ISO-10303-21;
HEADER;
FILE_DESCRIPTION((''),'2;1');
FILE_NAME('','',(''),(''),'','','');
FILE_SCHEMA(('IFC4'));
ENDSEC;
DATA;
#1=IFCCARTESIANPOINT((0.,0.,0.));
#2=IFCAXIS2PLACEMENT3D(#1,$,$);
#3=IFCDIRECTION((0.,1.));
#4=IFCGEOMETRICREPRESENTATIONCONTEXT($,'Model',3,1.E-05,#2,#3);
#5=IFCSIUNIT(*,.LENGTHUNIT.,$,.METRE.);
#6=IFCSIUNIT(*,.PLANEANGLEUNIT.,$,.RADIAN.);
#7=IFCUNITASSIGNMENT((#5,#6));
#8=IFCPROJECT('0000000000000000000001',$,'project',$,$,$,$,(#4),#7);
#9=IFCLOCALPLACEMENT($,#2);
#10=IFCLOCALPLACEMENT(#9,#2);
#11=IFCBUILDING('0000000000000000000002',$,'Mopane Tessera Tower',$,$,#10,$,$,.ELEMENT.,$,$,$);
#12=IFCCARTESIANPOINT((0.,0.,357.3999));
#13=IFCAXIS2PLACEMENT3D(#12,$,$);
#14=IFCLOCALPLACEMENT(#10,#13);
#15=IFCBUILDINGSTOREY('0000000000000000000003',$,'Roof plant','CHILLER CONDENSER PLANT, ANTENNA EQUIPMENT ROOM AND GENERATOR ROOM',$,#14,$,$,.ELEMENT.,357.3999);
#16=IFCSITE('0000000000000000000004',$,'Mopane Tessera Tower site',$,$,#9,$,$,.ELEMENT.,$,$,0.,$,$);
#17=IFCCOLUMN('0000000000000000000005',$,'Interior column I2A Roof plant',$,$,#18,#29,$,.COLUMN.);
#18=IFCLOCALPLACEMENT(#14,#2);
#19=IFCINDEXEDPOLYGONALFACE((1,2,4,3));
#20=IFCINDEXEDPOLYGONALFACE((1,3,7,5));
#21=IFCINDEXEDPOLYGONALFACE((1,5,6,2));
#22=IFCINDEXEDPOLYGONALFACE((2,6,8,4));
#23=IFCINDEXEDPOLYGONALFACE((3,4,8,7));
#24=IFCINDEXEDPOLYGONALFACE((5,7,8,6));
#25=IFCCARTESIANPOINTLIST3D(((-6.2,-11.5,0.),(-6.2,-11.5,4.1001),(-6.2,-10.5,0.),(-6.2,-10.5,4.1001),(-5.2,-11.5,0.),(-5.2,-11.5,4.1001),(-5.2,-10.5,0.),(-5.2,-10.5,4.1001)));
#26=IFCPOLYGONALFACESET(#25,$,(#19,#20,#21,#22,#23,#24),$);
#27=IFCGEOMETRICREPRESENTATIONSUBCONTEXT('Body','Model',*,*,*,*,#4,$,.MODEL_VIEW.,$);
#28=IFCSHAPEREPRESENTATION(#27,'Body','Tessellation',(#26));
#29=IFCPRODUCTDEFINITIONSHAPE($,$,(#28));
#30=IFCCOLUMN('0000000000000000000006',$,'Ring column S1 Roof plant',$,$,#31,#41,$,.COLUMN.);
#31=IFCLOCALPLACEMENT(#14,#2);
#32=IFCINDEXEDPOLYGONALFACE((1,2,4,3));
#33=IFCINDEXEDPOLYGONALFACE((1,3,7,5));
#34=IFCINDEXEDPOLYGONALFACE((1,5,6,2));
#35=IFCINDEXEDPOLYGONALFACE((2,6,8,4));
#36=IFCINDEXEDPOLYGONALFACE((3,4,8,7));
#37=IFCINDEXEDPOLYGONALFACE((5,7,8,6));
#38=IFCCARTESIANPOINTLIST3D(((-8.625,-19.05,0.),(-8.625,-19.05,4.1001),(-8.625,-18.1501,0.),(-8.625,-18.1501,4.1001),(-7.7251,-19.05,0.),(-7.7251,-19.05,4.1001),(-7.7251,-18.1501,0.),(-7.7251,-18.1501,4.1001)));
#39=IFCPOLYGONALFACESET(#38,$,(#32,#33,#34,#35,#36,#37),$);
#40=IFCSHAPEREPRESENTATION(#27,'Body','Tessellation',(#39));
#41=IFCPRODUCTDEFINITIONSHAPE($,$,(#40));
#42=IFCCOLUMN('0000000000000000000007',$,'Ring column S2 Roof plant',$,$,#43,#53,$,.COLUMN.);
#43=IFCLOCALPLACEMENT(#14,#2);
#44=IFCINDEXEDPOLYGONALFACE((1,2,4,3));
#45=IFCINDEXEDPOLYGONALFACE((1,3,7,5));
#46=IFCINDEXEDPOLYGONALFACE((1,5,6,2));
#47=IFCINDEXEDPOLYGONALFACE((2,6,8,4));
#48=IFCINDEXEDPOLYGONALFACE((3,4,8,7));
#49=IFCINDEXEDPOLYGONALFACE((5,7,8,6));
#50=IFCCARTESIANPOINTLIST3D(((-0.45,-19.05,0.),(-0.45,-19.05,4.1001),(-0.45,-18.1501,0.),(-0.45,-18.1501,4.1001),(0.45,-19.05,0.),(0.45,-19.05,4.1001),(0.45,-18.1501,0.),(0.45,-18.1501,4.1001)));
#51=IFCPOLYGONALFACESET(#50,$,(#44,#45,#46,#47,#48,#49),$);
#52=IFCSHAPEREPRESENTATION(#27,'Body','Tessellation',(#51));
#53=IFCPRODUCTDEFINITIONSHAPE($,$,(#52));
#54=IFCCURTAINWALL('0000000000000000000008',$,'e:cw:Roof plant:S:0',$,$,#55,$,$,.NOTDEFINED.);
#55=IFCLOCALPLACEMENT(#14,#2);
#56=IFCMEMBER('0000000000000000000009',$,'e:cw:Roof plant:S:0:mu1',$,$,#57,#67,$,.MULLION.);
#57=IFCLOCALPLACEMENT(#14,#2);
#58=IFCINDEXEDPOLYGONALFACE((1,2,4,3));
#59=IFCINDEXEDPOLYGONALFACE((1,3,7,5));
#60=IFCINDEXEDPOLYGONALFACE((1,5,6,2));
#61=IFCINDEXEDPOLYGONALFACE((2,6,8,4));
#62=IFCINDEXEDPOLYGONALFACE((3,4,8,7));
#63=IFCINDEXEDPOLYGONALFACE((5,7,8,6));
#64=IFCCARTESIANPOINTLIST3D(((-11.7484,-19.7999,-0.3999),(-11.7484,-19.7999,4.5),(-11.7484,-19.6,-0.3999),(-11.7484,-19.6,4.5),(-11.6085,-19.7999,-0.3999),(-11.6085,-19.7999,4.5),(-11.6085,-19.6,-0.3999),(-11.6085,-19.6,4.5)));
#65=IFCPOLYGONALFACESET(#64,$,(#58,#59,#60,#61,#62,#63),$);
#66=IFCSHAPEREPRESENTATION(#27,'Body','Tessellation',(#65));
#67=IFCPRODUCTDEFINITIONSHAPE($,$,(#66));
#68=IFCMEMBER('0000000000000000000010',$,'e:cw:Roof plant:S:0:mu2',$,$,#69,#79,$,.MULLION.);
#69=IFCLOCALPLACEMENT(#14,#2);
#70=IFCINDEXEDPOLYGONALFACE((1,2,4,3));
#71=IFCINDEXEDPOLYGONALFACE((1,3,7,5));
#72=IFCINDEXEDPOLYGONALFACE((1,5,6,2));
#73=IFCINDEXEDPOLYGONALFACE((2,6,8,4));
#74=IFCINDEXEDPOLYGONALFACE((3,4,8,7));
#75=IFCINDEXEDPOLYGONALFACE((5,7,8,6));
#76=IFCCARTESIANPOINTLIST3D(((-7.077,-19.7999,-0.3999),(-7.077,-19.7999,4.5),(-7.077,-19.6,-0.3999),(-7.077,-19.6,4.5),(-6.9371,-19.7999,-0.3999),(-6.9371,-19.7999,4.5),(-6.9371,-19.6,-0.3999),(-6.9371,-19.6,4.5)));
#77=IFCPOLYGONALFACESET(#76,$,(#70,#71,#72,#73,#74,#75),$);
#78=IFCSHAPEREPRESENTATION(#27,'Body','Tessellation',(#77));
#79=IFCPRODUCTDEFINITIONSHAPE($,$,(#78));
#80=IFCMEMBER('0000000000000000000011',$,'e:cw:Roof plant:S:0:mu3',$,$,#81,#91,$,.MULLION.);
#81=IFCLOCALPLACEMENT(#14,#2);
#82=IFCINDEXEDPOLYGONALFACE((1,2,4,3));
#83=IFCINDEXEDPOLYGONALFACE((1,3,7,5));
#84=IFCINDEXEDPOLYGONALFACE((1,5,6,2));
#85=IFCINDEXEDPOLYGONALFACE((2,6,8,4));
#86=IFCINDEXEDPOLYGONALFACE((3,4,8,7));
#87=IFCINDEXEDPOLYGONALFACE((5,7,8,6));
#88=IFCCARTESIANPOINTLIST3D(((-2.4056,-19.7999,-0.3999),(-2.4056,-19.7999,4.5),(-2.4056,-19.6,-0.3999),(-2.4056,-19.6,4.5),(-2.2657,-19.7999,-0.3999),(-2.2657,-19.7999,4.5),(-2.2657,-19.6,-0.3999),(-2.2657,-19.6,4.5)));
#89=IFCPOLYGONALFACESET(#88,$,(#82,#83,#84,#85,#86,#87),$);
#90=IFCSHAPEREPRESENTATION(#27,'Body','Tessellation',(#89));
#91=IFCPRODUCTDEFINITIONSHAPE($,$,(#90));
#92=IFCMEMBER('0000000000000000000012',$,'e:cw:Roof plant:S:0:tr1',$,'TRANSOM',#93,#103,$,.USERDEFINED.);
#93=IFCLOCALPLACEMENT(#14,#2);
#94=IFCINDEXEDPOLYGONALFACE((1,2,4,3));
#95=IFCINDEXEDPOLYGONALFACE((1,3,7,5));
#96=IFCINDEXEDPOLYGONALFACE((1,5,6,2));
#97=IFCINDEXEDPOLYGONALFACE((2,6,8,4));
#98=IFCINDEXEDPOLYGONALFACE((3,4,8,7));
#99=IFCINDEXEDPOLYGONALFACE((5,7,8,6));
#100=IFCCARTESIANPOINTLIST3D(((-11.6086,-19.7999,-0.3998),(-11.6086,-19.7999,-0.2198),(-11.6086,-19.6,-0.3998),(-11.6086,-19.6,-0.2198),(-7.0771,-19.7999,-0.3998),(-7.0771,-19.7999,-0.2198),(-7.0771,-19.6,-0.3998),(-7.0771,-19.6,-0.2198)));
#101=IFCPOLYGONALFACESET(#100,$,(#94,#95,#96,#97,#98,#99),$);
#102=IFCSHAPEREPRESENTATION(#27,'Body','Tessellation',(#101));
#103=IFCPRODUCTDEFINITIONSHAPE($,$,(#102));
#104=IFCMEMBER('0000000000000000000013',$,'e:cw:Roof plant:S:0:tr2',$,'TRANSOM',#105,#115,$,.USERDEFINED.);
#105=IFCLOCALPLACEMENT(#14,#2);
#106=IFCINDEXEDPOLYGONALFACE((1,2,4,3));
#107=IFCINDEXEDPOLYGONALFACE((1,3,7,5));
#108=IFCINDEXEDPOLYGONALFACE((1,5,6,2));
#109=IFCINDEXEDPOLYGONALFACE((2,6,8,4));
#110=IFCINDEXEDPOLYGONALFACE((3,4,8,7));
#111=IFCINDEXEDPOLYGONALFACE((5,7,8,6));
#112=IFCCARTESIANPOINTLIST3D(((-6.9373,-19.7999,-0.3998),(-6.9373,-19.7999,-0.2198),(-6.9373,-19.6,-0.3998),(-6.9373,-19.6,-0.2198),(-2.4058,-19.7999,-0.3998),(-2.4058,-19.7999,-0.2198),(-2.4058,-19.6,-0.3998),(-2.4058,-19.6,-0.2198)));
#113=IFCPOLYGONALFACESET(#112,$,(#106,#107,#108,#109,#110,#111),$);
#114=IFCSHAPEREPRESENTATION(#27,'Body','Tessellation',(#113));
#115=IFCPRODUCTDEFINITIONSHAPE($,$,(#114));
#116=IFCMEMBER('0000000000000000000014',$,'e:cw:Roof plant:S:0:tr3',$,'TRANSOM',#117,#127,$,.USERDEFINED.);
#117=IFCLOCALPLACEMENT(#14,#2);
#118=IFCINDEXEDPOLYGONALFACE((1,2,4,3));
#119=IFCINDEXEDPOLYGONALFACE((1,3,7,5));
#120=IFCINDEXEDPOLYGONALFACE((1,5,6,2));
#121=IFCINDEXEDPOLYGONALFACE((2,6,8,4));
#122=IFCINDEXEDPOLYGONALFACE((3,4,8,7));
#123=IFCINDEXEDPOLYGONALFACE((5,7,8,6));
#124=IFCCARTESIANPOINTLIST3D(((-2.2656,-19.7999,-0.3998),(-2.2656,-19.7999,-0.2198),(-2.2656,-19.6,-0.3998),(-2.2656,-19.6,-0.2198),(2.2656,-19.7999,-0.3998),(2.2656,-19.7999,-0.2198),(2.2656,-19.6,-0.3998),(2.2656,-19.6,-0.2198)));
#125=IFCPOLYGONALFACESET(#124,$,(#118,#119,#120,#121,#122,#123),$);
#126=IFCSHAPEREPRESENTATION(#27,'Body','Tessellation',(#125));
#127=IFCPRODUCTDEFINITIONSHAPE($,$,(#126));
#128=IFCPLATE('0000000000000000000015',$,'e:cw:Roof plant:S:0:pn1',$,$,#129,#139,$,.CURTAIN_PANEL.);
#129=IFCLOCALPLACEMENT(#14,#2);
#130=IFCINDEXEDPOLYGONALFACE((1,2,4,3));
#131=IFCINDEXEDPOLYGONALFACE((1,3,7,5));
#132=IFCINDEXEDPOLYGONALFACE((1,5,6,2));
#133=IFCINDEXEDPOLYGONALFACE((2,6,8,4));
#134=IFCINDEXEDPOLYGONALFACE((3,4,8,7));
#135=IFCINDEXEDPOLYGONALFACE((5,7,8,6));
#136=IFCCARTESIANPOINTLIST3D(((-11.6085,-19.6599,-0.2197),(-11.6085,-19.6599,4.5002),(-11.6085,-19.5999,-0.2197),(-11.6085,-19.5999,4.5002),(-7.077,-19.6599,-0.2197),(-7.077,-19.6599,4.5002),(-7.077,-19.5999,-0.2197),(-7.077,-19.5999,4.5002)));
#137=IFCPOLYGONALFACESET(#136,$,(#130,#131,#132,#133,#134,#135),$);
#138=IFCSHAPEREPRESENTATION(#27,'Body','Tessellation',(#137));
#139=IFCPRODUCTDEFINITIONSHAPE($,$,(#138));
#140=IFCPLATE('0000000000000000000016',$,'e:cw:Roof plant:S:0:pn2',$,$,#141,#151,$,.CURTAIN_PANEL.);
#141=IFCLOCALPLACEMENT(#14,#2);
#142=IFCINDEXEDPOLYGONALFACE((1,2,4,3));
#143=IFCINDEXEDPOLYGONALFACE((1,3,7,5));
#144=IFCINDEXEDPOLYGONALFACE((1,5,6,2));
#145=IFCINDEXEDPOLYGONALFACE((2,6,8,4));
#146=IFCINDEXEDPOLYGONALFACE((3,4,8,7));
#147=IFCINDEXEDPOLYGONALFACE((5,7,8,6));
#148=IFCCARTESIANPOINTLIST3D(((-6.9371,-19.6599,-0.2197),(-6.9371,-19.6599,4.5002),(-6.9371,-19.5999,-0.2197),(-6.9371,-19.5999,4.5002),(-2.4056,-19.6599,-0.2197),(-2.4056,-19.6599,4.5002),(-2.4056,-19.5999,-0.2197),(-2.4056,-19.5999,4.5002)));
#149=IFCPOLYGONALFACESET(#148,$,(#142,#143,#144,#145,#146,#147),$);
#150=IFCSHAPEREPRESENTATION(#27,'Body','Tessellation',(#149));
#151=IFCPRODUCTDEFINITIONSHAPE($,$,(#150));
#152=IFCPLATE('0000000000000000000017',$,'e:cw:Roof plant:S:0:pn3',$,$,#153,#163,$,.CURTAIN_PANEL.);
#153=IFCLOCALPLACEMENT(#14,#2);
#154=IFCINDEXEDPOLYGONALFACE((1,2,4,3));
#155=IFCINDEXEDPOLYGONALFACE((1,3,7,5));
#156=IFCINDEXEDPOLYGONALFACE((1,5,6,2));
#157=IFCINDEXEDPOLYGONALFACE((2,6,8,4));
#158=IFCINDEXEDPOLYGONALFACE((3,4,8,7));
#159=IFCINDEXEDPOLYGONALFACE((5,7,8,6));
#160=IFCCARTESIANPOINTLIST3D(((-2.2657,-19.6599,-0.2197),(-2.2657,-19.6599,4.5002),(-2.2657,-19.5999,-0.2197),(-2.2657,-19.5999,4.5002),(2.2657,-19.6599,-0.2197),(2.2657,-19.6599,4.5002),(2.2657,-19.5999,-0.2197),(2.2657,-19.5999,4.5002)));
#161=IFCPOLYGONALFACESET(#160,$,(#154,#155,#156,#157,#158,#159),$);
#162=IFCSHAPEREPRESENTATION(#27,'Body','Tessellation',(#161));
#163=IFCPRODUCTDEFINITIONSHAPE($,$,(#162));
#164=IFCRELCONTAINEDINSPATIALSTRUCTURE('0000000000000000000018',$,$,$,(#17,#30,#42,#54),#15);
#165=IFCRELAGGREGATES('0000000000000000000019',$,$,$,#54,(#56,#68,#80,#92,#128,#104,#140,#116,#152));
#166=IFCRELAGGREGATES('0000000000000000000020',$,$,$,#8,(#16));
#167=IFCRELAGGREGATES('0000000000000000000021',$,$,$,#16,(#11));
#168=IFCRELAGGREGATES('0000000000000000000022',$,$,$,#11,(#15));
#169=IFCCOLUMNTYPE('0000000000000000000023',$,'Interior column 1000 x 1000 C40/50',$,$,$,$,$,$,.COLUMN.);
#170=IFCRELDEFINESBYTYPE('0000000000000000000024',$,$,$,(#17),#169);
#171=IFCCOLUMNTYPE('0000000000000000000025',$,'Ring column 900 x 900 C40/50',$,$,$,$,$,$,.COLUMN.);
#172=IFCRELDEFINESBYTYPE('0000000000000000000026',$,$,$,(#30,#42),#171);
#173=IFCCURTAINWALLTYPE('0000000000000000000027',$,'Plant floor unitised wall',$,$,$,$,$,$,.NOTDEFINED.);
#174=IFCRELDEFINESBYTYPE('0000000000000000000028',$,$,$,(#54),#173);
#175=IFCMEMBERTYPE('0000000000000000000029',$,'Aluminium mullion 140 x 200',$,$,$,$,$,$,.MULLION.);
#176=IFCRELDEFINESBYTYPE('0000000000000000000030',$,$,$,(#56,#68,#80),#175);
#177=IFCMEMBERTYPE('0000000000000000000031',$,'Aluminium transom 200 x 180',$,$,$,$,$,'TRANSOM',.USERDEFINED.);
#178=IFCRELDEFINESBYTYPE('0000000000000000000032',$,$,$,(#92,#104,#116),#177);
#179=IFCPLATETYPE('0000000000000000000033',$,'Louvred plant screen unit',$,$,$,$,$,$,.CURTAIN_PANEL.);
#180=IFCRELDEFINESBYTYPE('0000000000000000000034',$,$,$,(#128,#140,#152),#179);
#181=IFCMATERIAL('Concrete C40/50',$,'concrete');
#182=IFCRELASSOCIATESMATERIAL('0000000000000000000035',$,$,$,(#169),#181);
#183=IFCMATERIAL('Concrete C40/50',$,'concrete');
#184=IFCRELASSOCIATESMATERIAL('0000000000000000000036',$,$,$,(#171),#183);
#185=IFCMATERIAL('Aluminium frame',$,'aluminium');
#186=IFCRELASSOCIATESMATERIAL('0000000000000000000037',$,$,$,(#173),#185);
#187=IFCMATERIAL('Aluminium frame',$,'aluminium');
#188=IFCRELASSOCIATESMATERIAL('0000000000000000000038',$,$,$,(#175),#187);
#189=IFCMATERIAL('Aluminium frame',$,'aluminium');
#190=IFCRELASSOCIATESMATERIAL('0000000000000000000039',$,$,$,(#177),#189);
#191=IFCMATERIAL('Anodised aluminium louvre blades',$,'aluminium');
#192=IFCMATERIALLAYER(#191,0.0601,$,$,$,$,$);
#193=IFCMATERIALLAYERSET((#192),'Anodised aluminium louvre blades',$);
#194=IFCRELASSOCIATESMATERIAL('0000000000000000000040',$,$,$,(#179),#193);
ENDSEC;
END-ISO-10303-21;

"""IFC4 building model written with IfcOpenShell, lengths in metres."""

from ifc_helpers import new_model, si_unit, direction, frame, origin, origin_2d, place, context, subcontext, project, spatial, rectangle, extrude, material, layer, layer_set, material_profile, profile_set, type_object, element, aggregate, save


model = new_model("IFC4")

# Units and contexts
model_context = context("Model", 3, precision=1e-05, world=origin(), true_north=direction((0.0, 1.0)))
body_context = subcontext(model_context, "Body", "Model", "MODEL_VIEW")
ifc_project = project(units=[si_unit("LENGTHUNIT", "METRE"), si_unit("PLANEANGLEUNIT", "RADIAN")], contexts=[model_context])

# Site, building, storey
site_placement = place(None, origin())
site = spatial("IfcSite", under=ifc_project, at=site_placement, Name="Mopane Tessera Tower site", CompositionType="ELEMENT", RefElevation=0.0)
building_placement = place(site_placement, origin())
building = spatial("IfcBuilding", under=site, at=building_placement, Name="Mopane Tessera Tower", CompositionType="ELEMENT")
storey_placement = place(building_placement, frame((0.0, 0.0, 357.3999)))
storey = spatial("IfcBuildingStorey", under=building, at=storey_placement, Name="Roof plant", Description="CHILLER CONDENSER PLANT, ANTENNA EQUIPMENT ROOM AND GENERATOR ROOM", CompositionType="ELEMENT", Elevation=357.3999)

# Columns
ifc_material_1 = material(Name="Concrete C40/50", Category="concrete")
ifc_material_profile_1 = material_profile(ifc_material_1, rectangle(XDim=1.0, YDim=1.0, at=origin_2d()))
ifc_profile_set_1 = profile_set([ifc_material_profile_1], Name="Concrete C40/50")
column_type_1 = type_object("IfcColumnType", Name="Interior column 1000 x 1000 C40/50", PredefinedType="COLUMN", material=ifc_profile_set_1)
column_placement = place(storey_placement, frame((-5.7, -11.0, 0.0), z_axis=(0.0, 0.0, 1.0), x_axis=(1.0, 0.0, 0.0)))
element("IfcColumn", 1, at=column_placement, inside=storey, type_object=column_type_1, Name="Interior column I2A Roof plant", PredefinedType="COLUMN", context=body_context, shape_type="SweptSolid", body=[
    extrude(rectangle(XDim=1.0, YDim=1.0, at=origin_2d()), origin(), (0.0, 0.0, 1.0), 4.1001),
])
ifc_material_2 = material(Name="Concrete C40/50", Category="concrete")
ifc_material_profile_2 = material_profile(ifc_material_2, rectangle(XDim=0.8999, YDim=0.8999, at=origin_2d()))
ifc_profile_set_2 = profile_set([ifc_material_profile_2], Name="Concrete C40/50")
column_type_2 = type_object("IfcColumnType", Name="Ring column 900 x 900 C40/50", PredefinedType="COLUMN", material=ifc_profile_set_2)
for number, where, z_axis, x_axis, name in (
    (2, (-8.175, -18.6001, 0.0), (0.0, 0.0, 1.0), (1.0, 0.0, 0.0), "Ring column S1 Roof plant"),
    (3, (0.0, -18.6001, 0.0), (0.0, 0.0, 1.0), (1.0, 0.0, 0.0), "Ring column S2 Roof plant"),
):
    element("IfcColumn", number, at=place(storey_placement, frame(where, z_axis=z_axis, x_axis=x_axis)), inside=storey, type_object=column_type_2, Name=name, PredefinedType="COLUMN", context=body_context, shape_type="SweptSolid", body=[
        extrude(rectangle(XDim=0.8999, YDim=0.8999, at=origin_2d()), origin(), (0.0, 0.0, 1.0), 4.1001),
    ])

# Curtain wall, members, plates
ifc_material_3 = material(Name="Aluminium frame", Category="aluminium")
curtain_wall_type = type_object("IfcCurtainWallType", Name="Plant floor unitised wall", PredefinedType="NOTDEFINED", material=ifc_material_3)
curtain_wall_placement = place(storey_placement, origin())
curtain_wall = element("IfcCurtainWall", 4, at=curtain_wall_placement, inside=storey, type_object=curtain_wall_type, Name="e:cw:Roof plant:S:0", PredefinedType="NOTDEFINED")
ifc_material_4 = material(Name="Aluminium frame", Category="aluminium")
ifc_material_profile_3 = material_profile(ifc_material_4, rectangle(XDim=0.1399, YDim=0.2, at=origin_2d()))
ifc_profile_set_3 = profile_set([ifc_material_profile_3], Name="Aluminium frame")
member_type_1 = type_object("IfcMemberType", Name="Aluminium mullion 140 x 200", PredefinedType="MULLION", material=ifc_profile_set_3)
member_1_placement = place(storey_placement, frame((-11.6785, -19.7, -0.3999), z_axis=(0.0, 0.0, 1.0), x_axis=(1.0, 0.0, 0.0)))
member_1 = element("IfcMember", 5, at=member_1_placement, type_object=member_type_1, Name="e:cw:Roof plant:S:0:mu1", PredefinedType="MULLION", context=body_context, shape_type="SweptSolid", body=[
    extrude(rectangle(XDim=0.1399, YDim=0.2, at=origin_2d()), origin(), (0.0, 0.0, 1.0), 4.8999),
])
member_2_placement = place(storey_placement, frame((-7.0071, -19.7, -0.3999), z_axis=(0.0, 0.0, 1.0), x_axis=(1.0, 0.0, 0.0)))
member_2 = element("IfcMember", 6, at=member_2_placement, type_object=member_type_1, Name="e:cw:Roof plant:S:0:mu2", PredefinedType="MULLION", context=body_context, shape_type="SweptSolid", body=[
    extrude(rectangle(XDim=0.1399, YDim=0.2, at=origin_2d()), origin(), (0.0, 0.0, 1.0), 4.8999),
])
member_3_placement = place(storey_placement, frame((-2.3357, -19.7, -0.3999), z_axis=(0.0, 0.0, 1.0), x_axis=(1.0, 0.0, 0.0)))
member_3 = element("IfcMember", 7, at=member_3_placement, type_object=member_type_1, Name="e:cw:Roof plant:S:0:mu3", PredefinedType="MULLION", context=body_context, shape_type="SweptSolid", body=[
    extrude(rectangle(XDim=0.1399, YDim=0.2, at=origin_2d()), origin(), (0.0, 0.0, 1.0), 4.8999),
])
ifc_material_5 = material(Name="Aluminium frame", Category="aluminium")
ifc_material_profile_4 = material_profile(ifc_material_5, rectangle(XDim=0.2, YDim=0.1799, at=origin_2d()))
ifc_profile_set_4 = profile_set([ifc_material_profile_4], Name="Aluminium frame")
member_type_2 = type_object("IfcMemberType", Name="Aluminium transom 200 x 180", ElementType="TRANSOM", PredefinedType="USERDEFINED", material=ifc_profile_set_4)
member_4_placement = place(storey_placement, frame((-11.6086, -19.7, -0.3098), z_axis=(1.0, 0.0, 0.0), x_axis=(0.0, 1.0, 0.0)))
member_4 = element("IfcMember", 8, at=member_4_placement, type_object=member_type_2, Name="e:cw:Roof plant:S:0:tr1", ObjectType="TRANSOM", PredefinedType="USERDEFINED", context=body_context, shape_type="SweptSolid", body=[
    extrude(rectangle(XDim=0.2, YDim=0.1799, at=origin_2d()), origin(), (0.0, 0.0, 1.0), 4.5315),
])
member_5_placement = place(storey_placement, frame((-6.9373, -19.7, -0.3098), z_axis=(1.0, 0.0, 0.0), x_axis=(0.0, 1.0, 0.0)))
member_5 = element("IfcMember", 9, at=member_5_placement, type_object=member_type_2, Name="e:cw:Roof plant:S:0:tr2", ObjectType="TRANSOM", PredefinedType="USERDEFINED", context=body_context, shape_type="SweptSolid", body=[
    extrude(rectangle(XDim=0.2, YDim=0.1799, at=origin_2d()), origin(), (0.0, 0.0, 1.0), 4.5315),
])
member_6_placement = place(storey_placement, frame((-2.2656, -19.7, -0.3098), z_axis=(1.0, 0.0, 0.0), x_axis=(0.0, 1.0, 0.0)))
member_6 = element("IfcMember", 10, at=member_6_placement, type_object=member_type_2, Name="e:cw:Roof plant:S:0:tr3", ObjectType="TRANSOM", PredefinedType="USERDEFINED", context=body_context, shape_type="SweptSolid", body=[
    extrude(rectangle(XDim=0.2, YDim=0.1799, at=origin_2d()), origin(), (0.0, 0.0, 1.0), 4.5312),
])
ifc_material_6 = material(Name="Anodised aluminium louvre blades", Category="aluminium")
ifc_layer_1 = layer(ifc_material_6, 0.0601)
ifc_layer_set_1 = layer_set([ifc_layer_1], Name="Anodised aluminium louvre blades")
plate_type = type_object("IfcPlateType", Name="Louvred plant screen unit", PredefinedType="CURTAIN_PANEL", material=ifc_layer_set_1)
plate_1_placement = place(storey_placement, frame((-9.3428, -19.6299, -0.2197), z_axis=(0.0, 0.0, 1.0), x_axis=(1.0, 0.0, 0.0)))
plate_1 = element("IfcPlate", 11, at=plate_1_placement, type_object=plate_type, Name="e:cw:Roof plant:S:0:pn1", PredefinedType="CURTAIN_PANEL", context=body_context, shape_type="SweptSolid", body=[
    extrude(rectangle(XDim=4.5315, YDim=0.0601, at=origin_2d()), origin(), (0.0, 0.0, 1.0), 4.72),
])
plate_2_placement = place(storey_placement, frame((-4.6714, -19.6299, -0.2197), z_axis=(0.0, 0.0, 1.0), x_axis=(1.0, 0.0, 0.0)))
plate_2 = element("IfcPlate", 12, at=plate_2_placement, type_object=plate_type, Name="e:cw:Roof plant:S:0:pn2", PredefinedType="CURTAIN_PANEL", context=body_context, shape_type="SweptSolid", body=[
    extrude(rectangle(XDim=4.5315, YDim=0.0601, at=origin_2d()), origin(), (0.0, 0.0, 1.0), 4.72),
])
plate_3_placement = place(storey_placement, frame((0.0, -19.6299, -0.2197), z_axis=(0.0, 0.0, 1.0), x_axis=(1.0, 0.0, 0.0)))
plate_3 = element("IfcPlate", 13, at=plate_3_placement, type_object=plate_type, Name="e:cw:Roof plant:S:0:pn3", PredefinedType="CURTAIN_PANEL", context=body_context, shape_type="SweptSolid", body=[
    extrude(rectangle(XDim=4.5315, YDim=0.0601, at=origin_2d()), origin(), (0.0, 0.0, 1.0), 4.72),
])
aggregate(curtain_wall, [member_1, member_2, member_3, member_4, plate_1, member_5, plate_2, member_6, plate_3])

save(model, "model.ifc")
